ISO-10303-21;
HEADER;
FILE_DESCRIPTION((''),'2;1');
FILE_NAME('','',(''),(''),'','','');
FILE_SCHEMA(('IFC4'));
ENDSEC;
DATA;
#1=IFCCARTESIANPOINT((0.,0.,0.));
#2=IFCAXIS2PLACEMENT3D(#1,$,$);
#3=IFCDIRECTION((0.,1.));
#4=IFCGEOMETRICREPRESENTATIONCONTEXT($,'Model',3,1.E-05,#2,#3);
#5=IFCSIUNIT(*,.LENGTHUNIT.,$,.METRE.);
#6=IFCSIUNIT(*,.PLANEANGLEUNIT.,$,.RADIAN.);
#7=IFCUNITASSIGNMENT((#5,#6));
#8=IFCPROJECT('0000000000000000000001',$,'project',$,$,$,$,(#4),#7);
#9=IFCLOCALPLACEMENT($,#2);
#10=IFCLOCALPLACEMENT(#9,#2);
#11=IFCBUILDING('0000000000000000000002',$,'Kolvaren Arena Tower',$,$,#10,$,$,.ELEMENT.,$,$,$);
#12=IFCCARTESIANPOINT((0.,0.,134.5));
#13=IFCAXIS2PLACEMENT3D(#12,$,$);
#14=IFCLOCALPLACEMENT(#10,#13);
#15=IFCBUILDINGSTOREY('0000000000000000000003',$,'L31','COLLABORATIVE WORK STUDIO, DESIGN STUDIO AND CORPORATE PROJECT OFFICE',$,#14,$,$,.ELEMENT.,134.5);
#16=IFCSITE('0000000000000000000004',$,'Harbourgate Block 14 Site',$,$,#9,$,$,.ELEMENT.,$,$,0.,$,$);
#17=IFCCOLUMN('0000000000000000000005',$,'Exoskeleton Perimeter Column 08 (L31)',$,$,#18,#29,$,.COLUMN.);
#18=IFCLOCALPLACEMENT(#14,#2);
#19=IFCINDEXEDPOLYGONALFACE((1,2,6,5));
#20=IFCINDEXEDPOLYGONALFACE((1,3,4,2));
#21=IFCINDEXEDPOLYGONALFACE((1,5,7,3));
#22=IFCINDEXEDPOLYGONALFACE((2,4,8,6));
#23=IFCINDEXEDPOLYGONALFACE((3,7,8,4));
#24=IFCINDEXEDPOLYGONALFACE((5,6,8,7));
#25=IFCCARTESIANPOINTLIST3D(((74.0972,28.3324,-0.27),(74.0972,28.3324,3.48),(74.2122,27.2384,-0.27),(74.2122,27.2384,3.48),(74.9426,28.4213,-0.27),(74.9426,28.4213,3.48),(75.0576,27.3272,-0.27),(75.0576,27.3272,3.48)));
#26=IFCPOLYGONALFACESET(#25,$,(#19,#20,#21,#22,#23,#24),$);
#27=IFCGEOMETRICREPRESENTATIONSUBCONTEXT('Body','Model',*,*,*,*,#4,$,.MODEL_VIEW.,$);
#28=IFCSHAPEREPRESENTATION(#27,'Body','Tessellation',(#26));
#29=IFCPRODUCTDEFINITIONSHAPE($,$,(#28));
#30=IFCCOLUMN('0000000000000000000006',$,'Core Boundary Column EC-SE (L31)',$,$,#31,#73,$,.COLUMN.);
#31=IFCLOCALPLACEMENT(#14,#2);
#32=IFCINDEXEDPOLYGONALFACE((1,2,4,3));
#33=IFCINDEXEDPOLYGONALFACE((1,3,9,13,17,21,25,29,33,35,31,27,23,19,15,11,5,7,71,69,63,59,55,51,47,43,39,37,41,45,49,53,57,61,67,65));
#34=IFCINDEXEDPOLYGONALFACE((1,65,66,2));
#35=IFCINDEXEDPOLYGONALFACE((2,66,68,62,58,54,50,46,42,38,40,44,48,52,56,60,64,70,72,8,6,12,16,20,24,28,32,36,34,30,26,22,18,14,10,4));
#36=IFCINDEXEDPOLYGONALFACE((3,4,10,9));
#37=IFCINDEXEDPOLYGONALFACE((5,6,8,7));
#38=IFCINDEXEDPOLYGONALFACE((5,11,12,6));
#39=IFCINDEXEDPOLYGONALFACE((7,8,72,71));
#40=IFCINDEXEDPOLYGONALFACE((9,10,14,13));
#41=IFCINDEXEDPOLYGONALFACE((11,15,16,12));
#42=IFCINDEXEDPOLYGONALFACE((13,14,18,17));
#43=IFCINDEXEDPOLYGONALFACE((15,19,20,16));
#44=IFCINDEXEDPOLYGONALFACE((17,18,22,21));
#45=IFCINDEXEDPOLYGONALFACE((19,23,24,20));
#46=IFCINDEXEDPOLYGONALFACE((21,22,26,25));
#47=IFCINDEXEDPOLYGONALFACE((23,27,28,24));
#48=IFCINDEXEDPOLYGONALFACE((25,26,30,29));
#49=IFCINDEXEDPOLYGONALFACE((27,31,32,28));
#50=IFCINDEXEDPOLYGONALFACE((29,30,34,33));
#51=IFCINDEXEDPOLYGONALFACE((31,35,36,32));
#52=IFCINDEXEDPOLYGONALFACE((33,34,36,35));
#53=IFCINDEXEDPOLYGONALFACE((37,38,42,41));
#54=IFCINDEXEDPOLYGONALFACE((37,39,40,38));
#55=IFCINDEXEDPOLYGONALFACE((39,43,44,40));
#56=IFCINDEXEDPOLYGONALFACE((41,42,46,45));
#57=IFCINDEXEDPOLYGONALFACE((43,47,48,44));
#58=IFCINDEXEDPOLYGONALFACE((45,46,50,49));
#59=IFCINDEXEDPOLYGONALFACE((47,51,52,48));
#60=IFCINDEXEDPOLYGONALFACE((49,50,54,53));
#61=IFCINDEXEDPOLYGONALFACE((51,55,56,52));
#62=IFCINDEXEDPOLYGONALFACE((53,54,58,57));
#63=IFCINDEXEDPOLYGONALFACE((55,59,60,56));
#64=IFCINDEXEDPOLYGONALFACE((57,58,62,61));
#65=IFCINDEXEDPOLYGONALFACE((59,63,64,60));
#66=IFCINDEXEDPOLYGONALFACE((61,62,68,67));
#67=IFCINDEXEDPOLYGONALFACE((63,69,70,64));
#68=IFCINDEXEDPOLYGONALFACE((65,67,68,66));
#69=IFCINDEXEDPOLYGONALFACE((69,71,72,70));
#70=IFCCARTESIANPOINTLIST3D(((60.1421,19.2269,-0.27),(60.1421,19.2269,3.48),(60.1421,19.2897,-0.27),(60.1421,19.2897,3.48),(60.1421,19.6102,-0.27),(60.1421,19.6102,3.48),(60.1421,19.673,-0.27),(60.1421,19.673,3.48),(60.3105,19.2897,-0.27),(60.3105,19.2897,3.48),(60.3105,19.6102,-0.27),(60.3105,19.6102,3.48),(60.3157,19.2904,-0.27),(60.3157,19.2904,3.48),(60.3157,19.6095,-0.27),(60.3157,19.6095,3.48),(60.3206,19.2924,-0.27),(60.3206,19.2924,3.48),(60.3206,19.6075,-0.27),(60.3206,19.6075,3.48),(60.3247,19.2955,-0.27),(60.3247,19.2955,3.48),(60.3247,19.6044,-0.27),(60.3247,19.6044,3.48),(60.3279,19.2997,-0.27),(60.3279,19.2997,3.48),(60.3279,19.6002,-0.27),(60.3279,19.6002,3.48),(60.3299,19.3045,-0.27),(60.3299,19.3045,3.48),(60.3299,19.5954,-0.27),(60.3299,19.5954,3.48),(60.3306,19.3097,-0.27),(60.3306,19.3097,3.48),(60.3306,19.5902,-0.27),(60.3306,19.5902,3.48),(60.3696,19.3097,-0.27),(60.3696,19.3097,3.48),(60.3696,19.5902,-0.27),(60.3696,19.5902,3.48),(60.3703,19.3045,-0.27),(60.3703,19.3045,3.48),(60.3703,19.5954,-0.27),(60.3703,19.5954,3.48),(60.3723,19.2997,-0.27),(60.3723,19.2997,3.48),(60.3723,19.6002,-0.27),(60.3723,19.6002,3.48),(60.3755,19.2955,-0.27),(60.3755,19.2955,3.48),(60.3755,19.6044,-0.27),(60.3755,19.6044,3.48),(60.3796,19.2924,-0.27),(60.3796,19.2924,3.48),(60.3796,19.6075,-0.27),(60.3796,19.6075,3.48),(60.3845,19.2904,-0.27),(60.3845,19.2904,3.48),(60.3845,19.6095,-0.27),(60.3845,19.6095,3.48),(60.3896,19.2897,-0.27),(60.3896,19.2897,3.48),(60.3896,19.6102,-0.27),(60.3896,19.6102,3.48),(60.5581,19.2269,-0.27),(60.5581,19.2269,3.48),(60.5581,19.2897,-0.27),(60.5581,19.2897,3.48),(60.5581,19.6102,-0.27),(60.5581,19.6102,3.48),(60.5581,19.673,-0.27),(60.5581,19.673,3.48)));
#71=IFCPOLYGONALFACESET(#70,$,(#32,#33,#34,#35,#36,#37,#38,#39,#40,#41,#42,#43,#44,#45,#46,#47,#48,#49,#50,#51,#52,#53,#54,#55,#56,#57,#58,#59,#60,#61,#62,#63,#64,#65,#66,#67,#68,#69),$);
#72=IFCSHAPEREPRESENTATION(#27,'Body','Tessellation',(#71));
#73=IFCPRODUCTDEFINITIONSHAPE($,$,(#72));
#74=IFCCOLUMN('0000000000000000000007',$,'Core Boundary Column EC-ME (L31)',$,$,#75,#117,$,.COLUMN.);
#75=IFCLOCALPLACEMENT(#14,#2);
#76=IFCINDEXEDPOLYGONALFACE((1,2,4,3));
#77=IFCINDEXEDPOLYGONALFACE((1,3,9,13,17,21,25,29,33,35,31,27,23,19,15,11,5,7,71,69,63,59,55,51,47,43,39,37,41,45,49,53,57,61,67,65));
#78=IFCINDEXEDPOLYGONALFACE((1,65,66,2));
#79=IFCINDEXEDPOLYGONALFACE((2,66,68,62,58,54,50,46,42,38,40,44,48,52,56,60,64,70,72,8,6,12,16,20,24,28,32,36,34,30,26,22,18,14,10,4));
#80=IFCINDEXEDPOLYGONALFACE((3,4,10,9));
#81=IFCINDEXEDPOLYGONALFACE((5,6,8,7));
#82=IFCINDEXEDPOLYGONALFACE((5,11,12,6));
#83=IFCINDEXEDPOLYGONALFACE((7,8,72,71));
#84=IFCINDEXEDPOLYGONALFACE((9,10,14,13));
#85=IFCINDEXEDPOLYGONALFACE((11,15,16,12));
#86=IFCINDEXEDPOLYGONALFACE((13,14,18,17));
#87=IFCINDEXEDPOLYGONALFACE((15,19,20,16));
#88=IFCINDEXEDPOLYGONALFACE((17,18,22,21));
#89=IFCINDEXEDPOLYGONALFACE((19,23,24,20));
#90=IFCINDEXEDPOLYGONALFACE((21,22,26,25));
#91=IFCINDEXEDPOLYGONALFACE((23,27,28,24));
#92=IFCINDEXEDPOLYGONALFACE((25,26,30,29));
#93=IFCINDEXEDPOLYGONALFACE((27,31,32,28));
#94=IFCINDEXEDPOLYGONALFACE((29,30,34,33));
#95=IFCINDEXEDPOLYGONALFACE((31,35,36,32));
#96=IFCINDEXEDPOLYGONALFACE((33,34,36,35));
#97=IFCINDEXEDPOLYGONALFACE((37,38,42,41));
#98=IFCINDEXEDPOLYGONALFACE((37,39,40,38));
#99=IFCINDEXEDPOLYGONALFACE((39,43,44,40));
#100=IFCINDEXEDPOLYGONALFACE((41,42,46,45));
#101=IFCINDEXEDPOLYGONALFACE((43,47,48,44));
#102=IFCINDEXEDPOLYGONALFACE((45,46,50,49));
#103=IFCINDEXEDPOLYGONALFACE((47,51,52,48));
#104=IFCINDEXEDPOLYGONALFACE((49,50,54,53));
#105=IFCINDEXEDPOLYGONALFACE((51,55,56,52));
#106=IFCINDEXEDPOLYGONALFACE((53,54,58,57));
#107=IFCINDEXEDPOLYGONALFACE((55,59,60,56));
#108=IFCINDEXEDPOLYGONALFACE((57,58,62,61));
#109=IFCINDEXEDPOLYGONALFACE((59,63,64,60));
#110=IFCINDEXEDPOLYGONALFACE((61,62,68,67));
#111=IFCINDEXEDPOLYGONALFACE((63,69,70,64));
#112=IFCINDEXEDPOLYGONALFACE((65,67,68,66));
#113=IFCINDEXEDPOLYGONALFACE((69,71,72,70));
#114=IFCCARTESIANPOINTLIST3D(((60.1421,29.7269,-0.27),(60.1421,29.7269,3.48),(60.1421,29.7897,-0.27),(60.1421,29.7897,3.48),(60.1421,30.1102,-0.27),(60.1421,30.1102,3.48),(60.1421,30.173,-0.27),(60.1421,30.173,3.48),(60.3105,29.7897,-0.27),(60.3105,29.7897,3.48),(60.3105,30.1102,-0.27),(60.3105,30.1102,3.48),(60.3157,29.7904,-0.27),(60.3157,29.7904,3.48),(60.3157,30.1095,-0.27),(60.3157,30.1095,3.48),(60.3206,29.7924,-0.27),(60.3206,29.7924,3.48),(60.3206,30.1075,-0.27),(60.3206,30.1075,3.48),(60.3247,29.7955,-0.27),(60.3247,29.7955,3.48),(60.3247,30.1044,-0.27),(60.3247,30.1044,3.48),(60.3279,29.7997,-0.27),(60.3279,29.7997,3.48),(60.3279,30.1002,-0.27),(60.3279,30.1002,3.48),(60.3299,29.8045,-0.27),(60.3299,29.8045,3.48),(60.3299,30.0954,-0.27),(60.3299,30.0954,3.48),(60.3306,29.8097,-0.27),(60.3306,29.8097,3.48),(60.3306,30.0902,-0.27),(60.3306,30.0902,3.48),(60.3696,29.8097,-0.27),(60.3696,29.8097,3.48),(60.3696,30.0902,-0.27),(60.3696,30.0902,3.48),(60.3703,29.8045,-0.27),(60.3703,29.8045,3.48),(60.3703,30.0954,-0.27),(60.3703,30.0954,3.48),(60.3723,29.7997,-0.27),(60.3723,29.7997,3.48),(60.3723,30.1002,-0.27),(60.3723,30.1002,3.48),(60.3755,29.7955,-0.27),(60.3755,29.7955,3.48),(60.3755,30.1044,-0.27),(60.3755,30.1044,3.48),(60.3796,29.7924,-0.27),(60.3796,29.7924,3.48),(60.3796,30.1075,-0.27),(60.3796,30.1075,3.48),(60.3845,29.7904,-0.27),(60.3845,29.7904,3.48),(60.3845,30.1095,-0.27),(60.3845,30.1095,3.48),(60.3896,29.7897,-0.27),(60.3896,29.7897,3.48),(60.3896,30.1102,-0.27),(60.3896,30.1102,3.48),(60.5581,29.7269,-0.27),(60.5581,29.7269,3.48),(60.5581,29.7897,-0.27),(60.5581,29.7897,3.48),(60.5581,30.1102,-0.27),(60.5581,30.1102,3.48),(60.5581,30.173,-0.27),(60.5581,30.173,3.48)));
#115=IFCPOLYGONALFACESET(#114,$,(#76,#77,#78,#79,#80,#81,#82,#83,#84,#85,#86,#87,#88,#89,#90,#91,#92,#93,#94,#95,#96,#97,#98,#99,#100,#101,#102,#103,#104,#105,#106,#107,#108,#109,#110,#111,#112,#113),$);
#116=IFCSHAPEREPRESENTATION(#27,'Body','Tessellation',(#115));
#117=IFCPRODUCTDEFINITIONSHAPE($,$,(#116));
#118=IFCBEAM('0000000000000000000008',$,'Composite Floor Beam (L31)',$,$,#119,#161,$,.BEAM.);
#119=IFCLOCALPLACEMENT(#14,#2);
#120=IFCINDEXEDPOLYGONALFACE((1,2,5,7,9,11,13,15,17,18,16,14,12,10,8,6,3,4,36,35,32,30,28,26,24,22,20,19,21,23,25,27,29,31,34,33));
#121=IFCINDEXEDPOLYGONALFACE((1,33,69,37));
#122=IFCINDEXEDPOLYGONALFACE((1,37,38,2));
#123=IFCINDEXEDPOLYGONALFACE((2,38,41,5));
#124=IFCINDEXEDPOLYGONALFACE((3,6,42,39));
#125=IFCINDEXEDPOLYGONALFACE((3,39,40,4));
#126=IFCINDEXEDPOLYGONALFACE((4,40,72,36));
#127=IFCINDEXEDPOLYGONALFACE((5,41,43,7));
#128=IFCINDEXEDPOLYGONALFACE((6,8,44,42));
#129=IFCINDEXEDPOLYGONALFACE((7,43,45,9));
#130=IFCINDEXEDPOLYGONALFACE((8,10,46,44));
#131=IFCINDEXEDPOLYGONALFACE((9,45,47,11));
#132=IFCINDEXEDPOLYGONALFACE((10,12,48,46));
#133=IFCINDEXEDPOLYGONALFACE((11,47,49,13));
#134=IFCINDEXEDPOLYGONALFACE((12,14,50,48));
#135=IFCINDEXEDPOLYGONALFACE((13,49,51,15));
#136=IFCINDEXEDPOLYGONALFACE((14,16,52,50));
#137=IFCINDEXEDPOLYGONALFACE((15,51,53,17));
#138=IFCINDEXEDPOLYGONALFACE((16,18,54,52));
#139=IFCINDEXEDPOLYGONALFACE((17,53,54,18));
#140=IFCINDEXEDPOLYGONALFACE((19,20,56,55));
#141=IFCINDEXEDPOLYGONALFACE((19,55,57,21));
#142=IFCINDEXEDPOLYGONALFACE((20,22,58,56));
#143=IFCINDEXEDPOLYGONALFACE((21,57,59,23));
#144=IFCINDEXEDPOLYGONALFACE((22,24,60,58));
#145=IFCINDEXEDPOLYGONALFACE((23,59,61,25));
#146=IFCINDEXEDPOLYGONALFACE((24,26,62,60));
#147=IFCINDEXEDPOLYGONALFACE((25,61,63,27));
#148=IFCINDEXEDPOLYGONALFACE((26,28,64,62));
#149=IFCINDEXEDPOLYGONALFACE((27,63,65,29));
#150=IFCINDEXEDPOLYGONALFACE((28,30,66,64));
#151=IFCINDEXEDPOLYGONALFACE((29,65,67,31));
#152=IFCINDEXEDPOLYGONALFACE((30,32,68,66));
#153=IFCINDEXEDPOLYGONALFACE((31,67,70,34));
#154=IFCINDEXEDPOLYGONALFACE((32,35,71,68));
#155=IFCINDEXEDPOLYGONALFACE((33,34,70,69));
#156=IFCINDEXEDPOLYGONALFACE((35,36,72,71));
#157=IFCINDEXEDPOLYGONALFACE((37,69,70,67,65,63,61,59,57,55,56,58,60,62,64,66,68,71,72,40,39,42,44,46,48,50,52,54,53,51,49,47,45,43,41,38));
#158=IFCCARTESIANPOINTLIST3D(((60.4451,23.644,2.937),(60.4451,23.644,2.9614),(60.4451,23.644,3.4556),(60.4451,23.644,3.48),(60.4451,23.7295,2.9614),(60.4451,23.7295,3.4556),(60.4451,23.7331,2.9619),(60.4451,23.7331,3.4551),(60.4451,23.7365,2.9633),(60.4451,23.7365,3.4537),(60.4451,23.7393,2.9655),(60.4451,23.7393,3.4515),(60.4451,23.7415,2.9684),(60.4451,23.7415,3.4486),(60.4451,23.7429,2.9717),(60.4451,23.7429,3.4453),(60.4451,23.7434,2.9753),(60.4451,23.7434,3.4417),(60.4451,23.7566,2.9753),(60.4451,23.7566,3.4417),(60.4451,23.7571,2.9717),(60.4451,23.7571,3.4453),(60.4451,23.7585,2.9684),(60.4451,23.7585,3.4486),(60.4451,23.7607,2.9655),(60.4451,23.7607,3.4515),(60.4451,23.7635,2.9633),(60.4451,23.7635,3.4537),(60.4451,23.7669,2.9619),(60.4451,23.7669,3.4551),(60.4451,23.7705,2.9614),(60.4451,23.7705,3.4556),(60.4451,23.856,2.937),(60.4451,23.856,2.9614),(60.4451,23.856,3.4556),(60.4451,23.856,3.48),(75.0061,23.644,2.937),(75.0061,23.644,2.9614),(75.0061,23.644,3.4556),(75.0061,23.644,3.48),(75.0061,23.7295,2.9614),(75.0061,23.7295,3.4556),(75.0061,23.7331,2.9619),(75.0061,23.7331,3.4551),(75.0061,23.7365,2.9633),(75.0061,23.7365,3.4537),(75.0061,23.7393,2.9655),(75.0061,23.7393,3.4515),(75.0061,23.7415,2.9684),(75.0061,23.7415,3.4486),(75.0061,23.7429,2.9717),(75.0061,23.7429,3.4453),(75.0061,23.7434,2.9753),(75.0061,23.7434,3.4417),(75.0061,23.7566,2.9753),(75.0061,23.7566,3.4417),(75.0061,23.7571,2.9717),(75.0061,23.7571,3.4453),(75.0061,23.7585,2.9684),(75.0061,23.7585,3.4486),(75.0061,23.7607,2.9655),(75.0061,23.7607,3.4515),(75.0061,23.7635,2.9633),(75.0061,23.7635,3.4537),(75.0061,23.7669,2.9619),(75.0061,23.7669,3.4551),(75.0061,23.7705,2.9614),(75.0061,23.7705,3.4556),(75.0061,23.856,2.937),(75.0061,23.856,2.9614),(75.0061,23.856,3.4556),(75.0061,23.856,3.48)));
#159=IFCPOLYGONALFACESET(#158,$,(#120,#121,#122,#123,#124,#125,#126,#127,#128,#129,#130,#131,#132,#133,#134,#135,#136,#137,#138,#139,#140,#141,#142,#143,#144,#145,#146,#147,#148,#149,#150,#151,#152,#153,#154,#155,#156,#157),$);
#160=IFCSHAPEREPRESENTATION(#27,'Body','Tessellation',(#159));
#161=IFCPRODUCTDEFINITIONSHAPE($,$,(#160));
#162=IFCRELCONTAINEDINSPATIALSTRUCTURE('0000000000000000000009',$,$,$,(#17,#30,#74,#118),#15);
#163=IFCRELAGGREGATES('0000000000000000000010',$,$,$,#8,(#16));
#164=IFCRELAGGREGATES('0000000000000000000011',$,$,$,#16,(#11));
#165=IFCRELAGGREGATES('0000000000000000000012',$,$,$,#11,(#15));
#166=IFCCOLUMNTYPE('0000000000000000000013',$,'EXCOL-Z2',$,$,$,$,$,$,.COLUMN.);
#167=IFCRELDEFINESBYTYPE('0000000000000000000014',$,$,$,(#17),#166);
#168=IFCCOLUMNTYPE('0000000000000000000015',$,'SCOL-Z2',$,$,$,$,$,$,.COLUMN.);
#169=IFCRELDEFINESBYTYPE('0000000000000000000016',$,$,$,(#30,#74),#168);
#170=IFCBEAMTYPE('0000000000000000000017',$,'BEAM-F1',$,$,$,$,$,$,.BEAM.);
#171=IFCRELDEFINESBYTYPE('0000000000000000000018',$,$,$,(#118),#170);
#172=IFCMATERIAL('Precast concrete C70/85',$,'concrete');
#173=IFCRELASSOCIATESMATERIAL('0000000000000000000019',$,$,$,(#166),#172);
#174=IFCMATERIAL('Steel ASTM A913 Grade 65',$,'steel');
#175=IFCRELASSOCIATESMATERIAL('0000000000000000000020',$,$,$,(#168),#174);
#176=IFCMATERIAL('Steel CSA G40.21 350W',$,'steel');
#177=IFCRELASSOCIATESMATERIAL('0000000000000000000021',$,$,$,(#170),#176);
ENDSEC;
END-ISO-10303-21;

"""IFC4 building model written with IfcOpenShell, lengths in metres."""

from ifc_helpers import new_model, si_unit, direction, frame, origin, origin_2d, place, context, subcontext, project, spatial, rectangle, i_section, extrude, material, material_profile, profile_set, type_object, element, save


model = new_model("IFC4")

# Units and contexts
model_context = context("Model", 3, precision=1e-05, world=origin(), true_north=direction((0.0, 1.0)))
body_context = subcontext(model_context, "Body", "Model", "MODEL_VIEW")
ifc_project = project(units=[si_unit("LENGTHUNIT", "METRE"), si_unit("PLANEANGLEUNIT", "RADIAN")], contexts=[model_context])

# Site, building, storey
site_placement = place(None, origin())
site = spatial("IfcSite", under=ifc_project, at=site_placement, Name="Harbourgate Block 14 Site", CompositionType="ELEMENT", RefElevation=0.0)
building_placement = place(site_placement, origin())
building = spatial("IfcBuilding", under=site, at=building_placement, Name="Kolvaren Arena Tower", CompositionType="ELEMENT")
storey_placement = place(building_placement, frame((0.0, 0.0, 134.5)))
storey = spatial("IfcBuildingStorey", under=building, at=storey_placement, Name="L31", Description="COLLABORATIVE WORK STUDIO, DESIGN STUDIO AND CORPORATE PROJECT OFFICE", CompositionType="ELEMENT", Elevation=134.5)

# Columns
ifc_material_1 = material(Name="Precast concrete C70/85", Category="concrete")
ifc_material_profile_1 = material_profile(ifc_material_1, rectangle(XDim=1.1001, YDim=0.8501, at=origin_2d()), Name="RC-1100x850")
ifc_profile_set_1 = profile_set([ifc_material_profile_1], Name="Precast concrete C70/85")
column_type_1 = type_object("IfcColumnType", Name="EXCOL-Z2", PredefinedType="COLUMN", material=ifc_profile_set_1)
column_placement = place(storey_placement, frame((74.5774, 27.8298, -0.27), z_axis=(0.0, 0.0, 1.0), x_axis=(-0.104528, 0.994522, 0.0)))
element("IfcColumn", 1, at=column_placement, inside=storey, type_object=column_type_1, Name="Exoskeleton Perimeter Column 08 (L31)", PredefinedType="COLUMN", context=body_context, shape_type="SweptSolid", body=[
    extrude(rectangle(XDim=1.1001, YDim=0.8501, at=origin_2d()), origin(), (0.0, 0.0, 1.0), 3.75),
])
ifc_material_2 = material(Name="Steel ASTM A913 Grade 65", Category="steel")
ifc_material_profile_2 = material_profile(ifc_material_2, i_section(OverallWidth=0.416, OverallDepth=0.446, WebThickness=0.0391, FlangeThickness=0.0627, FilletRadius=0.02, at=origin_2d()), Name="W360x509")
ifc_profile_set_2 = profile_set([ifc_material_profile_2], Name="Steel ASTM A913 Grade 65")
column_type_2 = type_object("IfcColumnType", Name="SCOL-Z2", PredefinedType="COLUMN", material=ifc_profile_set_2)
for number, where, z_axis, x_axis, name in (
    (2, (60.3501, 19.45, -0.27), (0.0, 0.0, 1.0), (1.0, 0.0, 0.0), "Core Boundary Column EC-SE (L31)"),
    (3, (60.3501, 29.95, -0.27), (0.0, 0.0, 1.0), (1.0, 0.0, 0.0), "Core Boundary Column EC-ME (L31)"),
):
    element("IfcColumn", number, at=place(storey_placement, frame(where, z_axis=z_axis, x_axis=x_axis)), inside=storey, type_object=column_type_2, Name=name, PredefinedType="COLUMN", context=body_context, shape_type="SweptSolid", body=[
        extrude(i_section(OverallWidth=0.416, OverallDepth=0.446, WebThickness=0.0391, FlangeThickness=0.0627, FilletRadius=0.02, at=origin_2d()), origin(), (0.0, 0.0, 1.0), 3.75),
    ])

# Beam
ifc_material_3 = material(Name="Steel CSA G40.21 350W", Category="steel")
ifc_material_profile_3 = material_profile(ifc_material_3, i_section(OverallWidth=0.2119, OverallDepth=0.543, WebThickness=0.0132, FlangeThickness=0.0244, FilletRadius=0.0139, at=origin_2d()), Name="W530x150")
ifc_profile_set_3 = profile_set([ifc_material_profile_3], Name="Steel CSA G40.21 350W")
beam_type_1 = type_object("IfcBeamType", Name="BEAM-F1", PredefinedType="BEAM", material=ifc_profile_set_3)
beam_1_placement = place(storey_placement, frame((60.4451, 23.75, 3.2085), z_axis=(1.0, 0.0, 0.0), x_axis=(0.0, 1.0, 0.0)))
element("IfcBeam", 4, at=beam_1_placement, inside=storey, type_object=beam_type_1, Name="Composite Floor Beam (L31)", PredefinedType="BEAM", context=body_context, shape_type="SweptSolid", body=[
    extrude(i_section(OverallWidth=0.2119, OverallDepth=0.543, WebThickness=0.0132, FlangeThickness=0.0244, FilletRadius=0.0139, at=origin_2d()), origin(), (0.0, 0.0, 1.0), 14.561),
])

save(model, "model.ifc")
